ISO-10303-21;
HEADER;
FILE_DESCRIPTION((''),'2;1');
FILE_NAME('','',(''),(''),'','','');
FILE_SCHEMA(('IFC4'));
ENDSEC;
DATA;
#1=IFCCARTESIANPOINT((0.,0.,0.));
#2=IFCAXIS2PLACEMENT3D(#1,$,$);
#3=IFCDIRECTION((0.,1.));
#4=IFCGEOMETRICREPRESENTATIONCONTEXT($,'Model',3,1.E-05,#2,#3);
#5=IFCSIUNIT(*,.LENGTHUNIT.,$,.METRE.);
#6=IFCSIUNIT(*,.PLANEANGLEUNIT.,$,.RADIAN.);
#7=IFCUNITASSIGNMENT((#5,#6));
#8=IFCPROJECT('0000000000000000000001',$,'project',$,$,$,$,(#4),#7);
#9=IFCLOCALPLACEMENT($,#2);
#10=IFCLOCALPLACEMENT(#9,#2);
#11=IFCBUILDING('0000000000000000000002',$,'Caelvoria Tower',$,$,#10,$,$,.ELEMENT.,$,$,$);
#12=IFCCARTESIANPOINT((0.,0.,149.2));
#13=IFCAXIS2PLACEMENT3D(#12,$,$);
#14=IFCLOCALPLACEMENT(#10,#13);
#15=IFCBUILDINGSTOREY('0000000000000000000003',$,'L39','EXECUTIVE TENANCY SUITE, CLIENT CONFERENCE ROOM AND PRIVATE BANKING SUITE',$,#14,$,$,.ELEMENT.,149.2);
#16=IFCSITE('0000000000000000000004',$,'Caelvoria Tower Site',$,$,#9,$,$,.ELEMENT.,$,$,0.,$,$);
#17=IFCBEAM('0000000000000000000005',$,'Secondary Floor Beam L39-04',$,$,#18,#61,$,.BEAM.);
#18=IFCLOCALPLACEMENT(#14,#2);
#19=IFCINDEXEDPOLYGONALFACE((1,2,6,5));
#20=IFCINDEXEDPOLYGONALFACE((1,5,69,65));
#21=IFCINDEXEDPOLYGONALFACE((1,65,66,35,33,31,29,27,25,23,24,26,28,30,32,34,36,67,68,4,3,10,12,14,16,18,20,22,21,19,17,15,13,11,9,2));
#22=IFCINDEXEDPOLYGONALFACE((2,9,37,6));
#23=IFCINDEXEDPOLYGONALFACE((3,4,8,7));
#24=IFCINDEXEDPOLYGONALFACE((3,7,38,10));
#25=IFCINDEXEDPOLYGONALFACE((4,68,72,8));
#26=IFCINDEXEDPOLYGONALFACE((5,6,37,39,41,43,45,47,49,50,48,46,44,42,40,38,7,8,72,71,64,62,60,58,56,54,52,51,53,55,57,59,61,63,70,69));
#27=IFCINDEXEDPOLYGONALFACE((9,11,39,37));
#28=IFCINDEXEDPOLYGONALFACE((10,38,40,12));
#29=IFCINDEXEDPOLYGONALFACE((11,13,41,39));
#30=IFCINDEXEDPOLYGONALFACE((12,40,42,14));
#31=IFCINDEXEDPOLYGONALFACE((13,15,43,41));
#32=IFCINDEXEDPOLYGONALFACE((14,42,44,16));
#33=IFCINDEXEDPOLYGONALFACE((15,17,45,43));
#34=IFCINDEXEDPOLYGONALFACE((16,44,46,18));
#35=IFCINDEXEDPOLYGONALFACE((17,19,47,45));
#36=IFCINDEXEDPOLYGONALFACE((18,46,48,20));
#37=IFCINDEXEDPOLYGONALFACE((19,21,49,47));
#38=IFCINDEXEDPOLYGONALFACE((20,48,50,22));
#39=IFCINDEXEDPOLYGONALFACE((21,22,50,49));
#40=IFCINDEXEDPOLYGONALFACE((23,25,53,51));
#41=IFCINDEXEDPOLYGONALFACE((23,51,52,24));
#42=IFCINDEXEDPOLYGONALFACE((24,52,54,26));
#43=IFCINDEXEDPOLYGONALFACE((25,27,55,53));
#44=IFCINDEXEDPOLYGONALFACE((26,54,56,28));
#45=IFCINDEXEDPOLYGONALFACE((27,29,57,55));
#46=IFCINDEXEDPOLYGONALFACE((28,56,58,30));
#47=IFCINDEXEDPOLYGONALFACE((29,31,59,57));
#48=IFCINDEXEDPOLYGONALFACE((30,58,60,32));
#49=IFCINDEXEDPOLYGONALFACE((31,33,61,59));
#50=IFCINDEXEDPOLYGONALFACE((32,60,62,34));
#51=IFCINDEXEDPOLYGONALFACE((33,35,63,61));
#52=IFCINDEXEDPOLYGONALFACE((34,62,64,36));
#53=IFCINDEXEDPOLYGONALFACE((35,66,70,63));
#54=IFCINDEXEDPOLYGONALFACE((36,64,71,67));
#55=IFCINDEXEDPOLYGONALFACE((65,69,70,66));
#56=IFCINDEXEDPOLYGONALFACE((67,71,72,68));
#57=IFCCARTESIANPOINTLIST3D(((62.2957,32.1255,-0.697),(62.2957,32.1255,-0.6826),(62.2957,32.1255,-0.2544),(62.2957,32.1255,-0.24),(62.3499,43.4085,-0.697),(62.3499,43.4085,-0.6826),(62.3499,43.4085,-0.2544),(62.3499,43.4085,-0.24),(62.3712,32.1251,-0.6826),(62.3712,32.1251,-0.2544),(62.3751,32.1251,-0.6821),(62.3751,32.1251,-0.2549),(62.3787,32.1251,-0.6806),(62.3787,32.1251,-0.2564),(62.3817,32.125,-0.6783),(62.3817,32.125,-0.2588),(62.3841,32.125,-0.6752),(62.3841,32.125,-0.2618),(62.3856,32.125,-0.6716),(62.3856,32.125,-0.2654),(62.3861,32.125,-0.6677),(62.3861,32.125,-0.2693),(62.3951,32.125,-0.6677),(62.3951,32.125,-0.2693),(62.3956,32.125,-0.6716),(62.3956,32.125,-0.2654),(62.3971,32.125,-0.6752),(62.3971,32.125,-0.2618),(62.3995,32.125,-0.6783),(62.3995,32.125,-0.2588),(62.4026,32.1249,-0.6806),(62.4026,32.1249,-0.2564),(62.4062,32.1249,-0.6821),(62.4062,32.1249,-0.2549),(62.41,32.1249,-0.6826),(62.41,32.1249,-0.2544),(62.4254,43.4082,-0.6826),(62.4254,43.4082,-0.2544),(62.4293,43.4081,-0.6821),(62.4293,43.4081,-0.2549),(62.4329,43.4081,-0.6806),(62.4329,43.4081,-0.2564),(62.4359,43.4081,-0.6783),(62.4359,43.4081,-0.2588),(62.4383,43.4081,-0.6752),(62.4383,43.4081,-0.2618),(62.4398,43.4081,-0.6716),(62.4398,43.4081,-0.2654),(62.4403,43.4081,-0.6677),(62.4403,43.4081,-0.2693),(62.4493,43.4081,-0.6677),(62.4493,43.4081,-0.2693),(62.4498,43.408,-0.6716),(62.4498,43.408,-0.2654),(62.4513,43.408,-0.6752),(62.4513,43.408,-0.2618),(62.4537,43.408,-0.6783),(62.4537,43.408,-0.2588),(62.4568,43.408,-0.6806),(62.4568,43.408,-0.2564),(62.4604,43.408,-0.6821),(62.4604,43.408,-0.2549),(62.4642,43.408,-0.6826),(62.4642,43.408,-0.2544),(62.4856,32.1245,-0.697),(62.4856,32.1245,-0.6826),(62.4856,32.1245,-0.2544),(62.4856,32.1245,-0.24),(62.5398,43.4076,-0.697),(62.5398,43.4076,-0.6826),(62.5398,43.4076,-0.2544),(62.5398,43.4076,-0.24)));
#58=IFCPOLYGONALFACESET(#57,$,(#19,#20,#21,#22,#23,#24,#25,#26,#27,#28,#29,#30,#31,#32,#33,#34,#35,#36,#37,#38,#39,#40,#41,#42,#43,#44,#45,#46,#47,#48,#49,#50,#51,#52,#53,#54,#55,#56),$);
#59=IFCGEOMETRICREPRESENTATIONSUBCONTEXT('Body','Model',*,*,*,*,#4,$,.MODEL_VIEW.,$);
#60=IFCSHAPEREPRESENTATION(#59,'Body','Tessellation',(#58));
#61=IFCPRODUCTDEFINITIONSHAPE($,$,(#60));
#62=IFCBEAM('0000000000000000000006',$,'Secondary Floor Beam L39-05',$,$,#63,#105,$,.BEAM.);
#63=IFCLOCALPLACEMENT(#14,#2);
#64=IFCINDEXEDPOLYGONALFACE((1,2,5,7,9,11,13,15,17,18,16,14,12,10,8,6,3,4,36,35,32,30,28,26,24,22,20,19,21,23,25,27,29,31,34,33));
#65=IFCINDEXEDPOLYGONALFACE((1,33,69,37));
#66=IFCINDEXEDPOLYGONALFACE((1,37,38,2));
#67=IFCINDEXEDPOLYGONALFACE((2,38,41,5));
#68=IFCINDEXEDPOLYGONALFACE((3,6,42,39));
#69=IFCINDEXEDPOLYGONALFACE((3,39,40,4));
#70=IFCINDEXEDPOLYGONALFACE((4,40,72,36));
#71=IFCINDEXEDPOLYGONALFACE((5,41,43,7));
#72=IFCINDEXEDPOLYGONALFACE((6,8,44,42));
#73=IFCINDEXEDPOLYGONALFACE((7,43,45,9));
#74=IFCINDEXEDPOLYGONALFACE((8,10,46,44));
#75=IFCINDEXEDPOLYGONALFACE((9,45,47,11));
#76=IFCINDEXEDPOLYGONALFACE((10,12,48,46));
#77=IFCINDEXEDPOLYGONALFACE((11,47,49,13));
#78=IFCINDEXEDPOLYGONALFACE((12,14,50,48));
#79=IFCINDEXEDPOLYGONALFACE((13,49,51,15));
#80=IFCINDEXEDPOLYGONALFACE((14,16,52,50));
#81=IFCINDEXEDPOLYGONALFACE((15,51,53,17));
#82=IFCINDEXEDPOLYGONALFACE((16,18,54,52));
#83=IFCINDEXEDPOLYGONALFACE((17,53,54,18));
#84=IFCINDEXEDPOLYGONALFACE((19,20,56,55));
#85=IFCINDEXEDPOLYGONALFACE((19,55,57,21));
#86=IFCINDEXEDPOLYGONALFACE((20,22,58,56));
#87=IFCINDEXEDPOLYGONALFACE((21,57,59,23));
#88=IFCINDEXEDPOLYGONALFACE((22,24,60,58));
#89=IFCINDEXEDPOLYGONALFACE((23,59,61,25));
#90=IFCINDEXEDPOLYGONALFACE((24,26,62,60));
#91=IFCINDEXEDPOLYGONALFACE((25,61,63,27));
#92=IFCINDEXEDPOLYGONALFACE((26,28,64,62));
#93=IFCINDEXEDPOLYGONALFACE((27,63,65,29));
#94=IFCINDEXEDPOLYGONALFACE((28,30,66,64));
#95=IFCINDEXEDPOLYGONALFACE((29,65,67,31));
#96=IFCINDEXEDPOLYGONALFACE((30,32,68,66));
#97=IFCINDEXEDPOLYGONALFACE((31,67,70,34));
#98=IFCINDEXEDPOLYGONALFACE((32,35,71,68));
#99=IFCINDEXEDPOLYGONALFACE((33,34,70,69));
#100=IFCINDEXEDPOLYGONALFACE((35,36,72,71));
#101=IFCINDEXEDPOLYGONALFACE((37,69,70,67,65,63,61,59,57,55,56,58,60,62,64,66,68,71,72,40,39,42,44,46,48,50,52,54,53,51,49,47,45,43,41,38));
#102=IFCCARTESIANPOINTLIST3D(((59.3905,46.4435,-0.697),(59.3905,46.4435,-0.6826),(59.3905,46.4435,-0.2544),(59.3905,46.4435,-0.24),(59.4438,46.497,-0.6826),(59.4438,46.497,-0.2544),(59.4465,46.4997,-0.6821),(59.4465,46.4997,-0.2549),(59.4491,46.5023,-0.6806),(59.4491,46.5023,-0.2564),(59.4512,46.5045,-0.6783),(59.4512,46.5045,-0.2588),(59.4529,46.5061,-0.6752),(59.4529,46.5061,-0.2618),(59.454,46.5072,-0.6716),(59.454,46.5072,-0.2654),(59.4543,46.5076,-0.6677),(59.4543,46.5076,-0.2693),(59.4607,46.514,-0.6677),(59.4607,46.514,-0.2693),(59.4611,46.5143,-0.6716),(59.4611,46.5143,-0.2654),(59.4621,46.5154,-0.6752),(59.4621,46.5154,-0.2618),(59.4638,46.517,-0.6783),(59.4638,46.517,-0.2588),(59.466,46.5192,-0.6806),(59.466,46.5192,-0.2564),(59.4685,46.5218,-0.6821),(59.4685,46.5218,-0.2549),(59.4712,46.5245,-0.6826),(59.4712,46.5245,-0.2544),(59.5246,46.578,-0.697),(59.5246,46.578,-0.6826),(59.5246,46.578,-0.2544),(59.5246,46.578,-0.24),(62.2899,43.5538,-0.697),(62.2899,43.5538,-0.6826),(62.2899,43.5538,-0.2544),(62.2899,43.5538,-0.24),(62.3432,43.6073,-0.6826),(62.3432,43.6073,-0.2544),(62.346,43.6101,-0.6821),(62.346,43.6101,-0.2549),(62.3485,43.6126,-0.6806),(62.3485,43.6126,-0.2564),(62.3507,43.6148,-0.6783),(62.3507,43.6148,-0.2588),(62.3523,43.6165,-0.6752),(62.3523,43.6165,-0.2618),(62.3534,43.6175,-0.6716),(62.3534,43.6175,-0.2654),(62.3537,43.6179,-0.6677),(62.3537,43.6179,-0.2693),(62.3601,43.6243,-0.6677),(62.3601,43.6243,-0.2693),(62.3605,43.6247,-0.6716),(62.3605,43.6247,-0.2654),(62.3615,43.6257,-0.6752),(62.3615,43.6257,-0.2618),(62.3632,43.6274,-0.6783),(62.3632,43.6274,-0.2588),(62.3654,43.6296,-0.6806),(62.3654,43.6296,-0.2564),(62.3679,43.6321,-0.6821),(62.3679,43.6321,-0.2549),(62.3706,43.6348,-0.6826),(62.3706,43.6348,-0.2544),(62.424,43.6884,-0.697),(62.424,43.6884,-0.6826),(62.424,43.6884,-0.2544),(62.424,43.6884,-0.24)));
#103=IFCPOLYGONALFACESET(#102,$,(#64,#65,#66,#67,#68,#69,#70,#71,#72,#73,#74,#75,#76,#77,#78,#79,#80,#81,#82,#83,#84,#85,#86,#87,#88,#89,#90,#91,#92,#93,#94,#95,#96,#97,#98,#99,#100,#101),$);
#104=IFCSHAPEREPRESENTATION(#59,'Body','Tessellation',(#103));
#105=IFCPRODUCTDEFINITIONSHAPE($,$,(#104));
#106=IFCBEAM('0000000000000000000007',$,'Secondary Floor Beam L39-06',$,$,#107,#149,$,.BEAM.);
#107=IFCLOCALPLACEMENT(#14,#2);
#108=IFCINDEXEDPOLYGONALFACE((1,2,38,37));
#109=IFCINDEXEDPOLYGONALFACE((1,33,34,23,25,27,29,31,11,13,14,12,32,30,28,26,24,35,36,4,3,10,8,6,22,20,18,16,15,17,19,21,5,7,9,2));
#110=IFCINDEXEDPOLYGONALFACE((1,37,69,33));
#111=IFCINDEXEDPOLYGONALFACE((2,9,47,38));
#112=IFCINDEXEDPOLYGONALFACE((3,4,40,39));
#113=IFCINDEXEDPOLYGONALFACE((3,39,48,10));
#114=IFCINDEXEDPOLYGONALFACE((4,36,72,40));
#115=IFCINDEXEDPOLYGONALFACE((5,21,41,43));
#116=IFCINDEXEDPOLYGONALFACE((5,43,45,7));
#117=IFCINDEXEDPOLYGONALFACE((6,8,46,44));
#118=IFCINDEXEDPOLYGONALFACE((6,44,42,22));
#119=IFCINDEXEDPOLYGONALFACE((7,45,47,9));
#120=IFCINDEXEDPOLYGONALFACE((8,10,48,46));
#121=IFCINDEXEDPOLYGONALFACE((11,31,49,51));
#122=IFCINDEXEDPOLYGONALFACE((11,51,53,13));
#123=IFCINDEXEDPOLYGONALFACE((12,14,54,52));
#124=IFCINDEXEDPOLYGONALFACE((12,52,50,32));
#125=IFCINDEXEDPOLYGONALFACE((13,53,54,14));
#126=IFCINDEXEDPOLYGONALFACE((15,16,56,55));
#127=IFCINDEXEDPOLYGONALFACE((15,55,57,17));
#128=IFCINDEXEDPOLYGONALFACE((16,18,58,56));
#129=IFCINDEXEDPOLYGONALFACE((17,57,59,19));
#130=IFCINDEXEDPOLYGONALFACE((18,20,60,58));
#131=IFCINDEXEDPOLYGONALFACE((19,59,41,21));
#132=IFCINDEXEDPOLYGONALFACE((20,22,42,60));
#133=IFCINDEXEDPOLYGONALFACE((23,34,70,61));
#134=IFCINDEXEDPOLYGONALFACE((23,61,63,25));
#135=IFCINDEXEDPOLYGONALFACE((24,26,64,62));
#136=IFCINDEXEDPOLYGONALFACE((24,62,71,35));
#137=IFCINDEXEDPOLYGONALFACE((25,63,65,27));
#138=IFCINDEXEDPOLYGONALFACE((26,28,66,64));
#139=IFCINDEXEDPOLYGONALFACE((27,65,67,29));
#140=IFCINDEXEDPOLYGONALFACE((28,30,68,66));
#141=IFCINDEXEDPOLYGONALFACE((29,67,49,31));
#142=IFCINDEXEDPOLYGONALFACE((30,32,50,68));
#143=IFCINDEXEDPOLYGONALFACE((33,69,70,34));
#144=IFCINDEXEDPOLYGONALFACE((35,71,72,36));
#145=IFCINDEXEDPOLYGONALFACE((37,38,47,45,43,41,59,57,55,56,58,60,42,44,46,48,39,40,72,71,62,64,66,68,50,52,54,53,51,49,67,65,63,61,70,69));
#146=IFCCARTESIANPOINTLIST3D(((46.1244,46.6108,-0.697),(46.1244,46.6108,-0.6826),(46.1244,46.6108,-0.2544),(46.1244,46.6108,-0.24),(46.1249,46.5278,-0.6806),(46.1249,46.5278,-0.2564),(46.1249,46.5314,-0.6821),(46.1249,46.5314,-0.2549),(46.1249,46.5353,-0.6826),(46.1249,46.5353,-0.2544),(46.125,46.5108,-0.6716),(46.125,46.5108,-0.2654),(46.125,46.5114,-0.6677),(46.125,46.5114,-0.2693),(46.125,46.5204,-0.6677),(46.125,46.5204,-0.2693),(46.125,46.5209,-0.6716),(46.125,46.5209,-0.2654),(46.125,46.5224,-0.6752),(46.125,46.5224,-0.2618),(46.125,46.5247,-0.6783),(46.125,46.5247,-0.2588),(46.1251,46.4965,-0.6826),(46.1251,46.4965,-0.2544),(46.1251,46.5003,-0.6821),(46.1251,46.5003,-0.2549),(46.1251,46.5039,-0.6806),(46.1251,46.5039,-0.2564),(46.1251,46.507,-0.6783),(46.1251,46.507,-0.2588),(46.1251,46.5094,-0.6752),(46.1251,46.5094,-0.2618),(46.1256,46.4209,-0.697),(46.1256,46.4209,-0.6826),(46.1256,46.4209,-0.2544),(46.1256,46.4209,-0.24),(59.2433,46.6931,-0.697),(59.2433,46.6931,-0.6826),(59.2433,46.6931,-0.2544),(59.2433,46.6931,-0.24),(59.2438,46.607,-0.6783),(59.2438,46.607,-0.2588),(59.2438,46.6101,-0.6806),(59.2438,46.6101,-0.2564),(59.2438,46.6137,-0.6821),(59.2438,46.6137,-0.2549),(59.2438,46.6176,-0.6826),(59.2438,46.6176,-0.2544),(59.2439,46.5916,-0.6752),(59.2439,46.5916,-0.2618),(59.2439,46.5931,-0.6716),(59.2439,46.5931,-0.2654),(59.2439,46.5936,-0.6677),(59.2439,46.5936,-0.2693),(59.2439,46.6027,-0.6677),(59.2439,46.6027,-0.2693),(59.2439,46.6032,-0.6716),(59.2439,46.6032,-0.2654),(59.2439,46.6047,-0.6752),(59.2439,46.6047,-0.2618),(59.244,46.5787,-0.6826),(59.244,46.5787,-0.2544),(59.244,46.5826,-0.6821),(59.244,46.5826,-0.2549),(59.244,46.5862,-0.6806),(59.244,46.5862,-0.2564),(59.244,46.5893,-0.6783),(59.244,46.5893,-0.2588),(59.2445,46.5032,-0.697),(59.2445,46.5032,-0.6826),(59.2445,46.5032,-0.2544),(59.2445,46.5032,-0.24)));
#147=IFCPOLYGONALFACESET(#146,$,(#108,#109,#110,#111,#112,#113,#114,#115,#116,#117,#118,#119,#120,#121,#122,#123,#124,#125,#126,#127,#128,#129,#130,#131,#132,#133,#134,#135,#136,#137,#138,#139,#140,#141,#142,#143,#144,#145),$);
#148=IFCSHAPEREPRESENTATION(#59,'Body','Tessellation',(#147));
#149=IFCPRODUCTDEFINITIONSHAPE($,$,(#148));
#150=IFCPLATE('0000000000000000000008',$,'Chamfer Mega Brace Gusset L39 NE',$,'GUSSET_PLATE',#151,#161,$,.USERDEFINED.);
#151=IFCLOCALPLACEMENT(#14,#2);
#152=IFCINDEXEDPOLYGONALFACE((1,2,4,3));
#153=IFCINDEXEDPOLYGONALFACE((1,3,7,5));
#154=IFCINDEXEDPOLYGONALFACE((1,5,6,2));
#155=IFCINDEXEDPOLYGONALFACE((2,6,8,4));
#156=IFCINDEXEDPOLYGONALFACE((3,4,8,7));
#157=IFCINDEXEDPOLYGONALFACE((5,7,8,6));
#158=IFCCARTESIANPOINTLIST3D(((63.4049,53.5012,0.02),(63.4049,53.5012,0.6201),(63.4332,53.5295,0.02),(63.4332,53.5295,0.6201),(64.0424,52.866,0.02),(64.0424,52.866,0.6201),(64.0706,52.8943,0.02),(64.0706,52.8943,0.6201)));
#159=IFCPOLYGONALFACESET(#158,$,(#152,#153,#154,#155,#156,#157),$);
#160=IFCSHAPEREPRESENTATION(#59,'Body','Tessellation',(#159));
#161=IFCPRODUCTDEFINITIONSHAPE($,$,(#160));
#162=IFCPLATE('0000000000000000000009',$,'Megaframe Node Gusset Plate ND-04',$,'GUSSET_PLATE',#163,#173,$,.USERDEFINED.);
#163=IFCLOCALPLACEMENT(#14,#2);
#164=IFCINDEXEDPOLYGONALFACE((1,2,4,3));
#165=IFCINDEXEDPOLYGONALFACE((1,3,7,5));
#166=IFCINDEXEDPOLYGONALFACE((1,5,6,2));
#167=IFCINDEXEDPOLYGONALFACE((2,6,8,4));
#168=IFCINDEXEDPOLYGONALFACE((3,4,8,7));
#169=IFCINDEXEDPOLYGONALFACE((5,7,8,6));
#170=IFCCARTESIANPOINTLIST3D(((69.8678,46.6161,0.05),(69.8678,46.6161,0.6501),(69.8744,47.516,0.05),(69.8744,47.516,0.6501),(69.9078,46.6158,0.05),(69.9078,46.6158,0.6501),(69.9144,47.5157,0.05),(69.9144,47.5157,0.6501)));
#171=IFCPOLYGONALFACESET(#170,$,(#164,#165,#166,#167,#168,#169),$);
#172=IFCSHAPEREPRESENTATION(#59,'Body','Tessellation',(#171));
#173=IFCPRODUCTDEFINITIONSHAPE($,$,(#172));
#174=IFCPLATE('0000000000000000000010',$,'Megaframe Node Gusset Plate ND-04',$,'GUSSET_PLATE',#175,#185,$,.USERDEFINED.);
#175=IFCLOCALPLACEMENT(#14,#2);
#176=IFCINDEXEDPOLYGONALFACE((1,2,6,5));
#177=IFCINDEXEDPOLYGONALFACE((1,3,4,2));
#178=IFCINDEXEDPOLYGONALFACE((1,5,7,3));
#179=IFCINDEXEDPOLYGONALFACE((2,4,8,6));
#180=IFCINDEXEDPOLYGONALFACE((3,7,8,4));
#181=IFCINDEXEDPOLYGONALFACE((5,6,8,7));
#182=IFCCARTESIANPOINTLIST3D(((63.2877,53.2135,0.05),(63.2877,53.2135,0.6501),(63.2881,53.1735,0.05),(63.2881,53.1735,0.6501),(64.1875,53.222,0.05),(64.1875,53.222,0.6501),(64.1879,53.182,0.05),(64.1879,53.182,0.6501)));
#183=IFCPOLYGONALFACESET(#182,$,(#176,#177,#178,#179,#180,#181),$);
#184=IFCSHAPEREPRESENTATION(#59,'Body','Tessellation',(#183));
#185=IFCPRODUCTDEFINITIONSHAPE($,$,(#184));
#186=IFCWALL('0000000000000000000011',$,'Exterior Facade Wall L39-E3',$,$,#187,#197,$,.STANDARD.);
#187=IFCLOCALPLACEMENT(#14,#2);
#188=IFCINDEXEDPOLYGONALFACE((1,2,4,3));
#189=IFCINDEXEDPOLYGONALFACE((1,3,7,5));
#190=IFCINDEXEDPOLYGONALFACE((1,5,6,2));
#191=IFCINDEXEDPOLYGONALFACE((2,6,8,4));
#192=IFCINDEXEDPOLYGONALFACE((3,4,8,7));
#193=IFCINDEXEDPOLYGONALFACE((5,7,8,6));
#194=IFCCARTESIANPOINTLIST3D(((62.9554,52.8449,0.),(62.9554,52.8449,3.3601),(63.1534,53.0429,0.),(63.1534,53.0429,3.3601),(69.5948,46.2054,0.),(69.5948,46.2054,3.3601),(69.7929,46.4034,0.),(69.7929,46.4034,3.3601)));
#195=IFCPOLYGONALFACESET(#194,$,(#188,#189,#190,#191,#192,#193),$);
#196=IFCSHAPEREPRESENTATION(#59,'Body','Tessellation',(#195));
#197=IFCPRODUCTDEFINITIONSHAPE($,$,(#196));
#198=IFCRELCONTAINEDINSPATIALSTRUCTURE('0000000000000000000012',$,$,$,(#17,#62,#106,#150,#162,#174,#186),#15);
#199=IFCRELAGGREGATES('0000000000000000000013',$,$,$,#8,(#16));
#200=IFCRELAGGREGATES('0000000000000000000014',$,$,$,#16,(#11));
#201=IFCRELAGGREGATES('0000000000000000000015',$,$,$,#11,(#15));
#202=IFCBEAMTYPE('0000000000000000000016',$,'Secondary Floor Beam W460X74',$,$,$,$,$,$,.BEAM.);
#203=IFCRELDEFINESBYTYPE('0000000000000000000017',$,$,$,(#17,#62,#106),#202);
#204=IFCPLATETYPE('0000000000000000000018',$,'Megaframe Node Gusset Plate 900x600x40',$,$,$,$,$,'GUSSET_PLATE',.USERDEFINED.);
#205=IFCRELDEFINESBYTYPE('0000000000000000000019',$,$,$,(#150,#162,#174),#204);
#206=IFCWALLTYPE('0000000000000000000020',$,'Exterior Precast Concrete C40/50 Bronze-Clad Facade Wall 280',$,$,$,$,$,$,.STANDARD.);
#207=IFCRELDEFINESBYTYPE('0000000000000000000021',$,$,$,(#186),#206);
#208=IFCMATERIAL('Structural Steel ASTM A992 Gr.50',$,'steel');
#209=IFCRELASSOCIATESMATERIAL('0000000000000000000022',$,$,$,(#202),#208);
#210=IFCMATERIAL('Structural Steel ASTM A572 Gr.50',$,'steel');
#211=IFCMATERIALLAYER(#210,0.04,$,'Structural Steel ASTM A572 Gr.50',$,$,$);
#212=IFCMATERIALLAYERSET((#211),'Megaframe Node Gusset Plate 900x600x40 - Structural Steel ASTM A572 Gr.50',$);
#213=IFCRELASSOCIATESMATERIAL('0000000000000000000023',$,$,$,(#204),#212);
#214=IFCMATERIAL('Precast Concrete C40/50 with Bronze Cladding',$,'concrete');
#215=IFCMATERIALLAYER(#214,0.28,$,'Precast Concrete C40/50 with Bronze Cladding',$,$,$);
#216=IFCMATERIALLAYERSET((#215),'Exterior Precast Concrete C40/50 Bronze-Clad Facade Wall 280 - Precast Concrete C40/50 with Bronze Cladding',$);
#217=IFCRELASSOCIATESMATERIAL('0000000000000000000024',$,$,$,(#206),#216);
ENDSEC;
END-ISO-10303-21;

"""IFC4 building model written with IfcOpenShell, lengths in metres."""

from ifc_helpers import new_model, si_unit, direction, frame, frame_2d, origin, origin_2d, place, context, subcontext, project, spatial, rectangle, i_section, extrude, material, layer, layer_set, material_profile, profile_set, type_object, element, save


model = new_model("IFC4")

# Units and contexts
model_context = context("Model", 3, precision=1e-05, world=origin(), true_north=direction((0.0, 1.0)))
body_context = subcontext(model_context, "Body", "Model", "MODEL_VIEW")
ifc_project = project(units=[si_unit("LENGTHUNIT", "METRE"), si_unit("PLANEANGLEUNIT", "RADIAN")], contexts=[model_context])

# Site, building, storey
site_placement = place(None, origin())
site = spatial("IfcSite", under=ifc_project, at=site_placement, Name="Caelvoria Tower Site", CompositionType="ELEMENT", RefElevation=0.0)
building_placement = place(site_placement, origin())
building = spatial("IfcBuilding", under=site, at=building_placement, Name="Caelvoria Tower", CompositionType="ELEMENT")
storey_placement = place(building_placement, frame((0.0, 0.0, 149.2)))
storey = spatial("IfcBuildingStorey", under=building, at=storey_placement, Name="L39", Description="EXECUTIVE TENANCY SUITE, CLIENT CONFERENCE ROOM AND PRIVATE BANKING SUITE", CompositionType="ELEMENT", Elevation=149.2)

# Shared definitions
ifc_material_1 = material(Name="Structural Steel ASTM A572 Gr.50", Category="steel")

# Beams
ifc_material_2 = material(Name="Structural Steel ASTM A992 Gr.50", Category="steel")
ifc_material_profile_1 = material_profile(ifc_material_2, i_section(OverallWidth=0.1899, OverallDepth=0.457, WebThickness=0.009, FlangeThickness=0.0144, FilletRadius=0.0149, at=origin_2d()), Name="Structural Steel ASTM A992 Gr.50")
ifc_profile_set_1 = profile_set([ifc_material_profile_1], Name="W460X74 - Structural Steel ASTM A992 Gr.50")
beam_type_1 = type_object("IfcBeamType", Name="Secondary Floor Beam W460X74", PredefinedType="BEAM", material=ifc_profile_set_1)
beam_1_placement = place(storey_placement, frame((62.3906, 32.125, -0.4685), z_axis=(0.004804, 0.999988, 0.0), x_axis=(-0.999988, 0.004804, 0.0)))
element("IfcBeam", 1, at=beam_1_placement, inside=storey, type_object=beam_type_1, Name="Secondary Floor Beam L39-04", PredefinedType="BEAM", context=body_context, shape_type="SweptSolid", body=[
    extrude(i_section(OverallWidth=0.1899, OverallDepth=0.457, WebThickness=0.009, FlangeThickness=0.0144, FilletRadius=0.0149, at=origin_2d()), origin(), (0.0, 0.0, 1.0), 11.2832),
])
beam_2_placement = place(storey_placement, frame((62.3569, 43.6211, -0.4685), z_axis=(-0.708299, 0.705913, 0.0), x_axis=(-0.705913, -0.708299, 0.0)))
element("IfcBeam", 2, at=beam_2_placement, inside=storey, type_object=beam_type_1, Name="Secondary Floor Beam L39-05", PredefinedType="BEAM", context=body_context, shape_type="SweptSolid", body=[
    extrude(i_section(OverallWidth=0.1899, OverallDepth=0.457, WebThickness=0.009, FlangeThickness=0.0144, FilletRadius=0.0149, at=origin_2d()), origin(), (0.0, 0.0, 1.0), 4.0935),
])
beam_3_placement = place(storey_placement, frame((59.2439, 46.5981, -0.4685), z_axis=(-0.99998, -0.006271, 0.0), x_axis=(0.006271, -0.99998, 0.0)))
element("IfcBeam", 3, at=beam_3_placement, inside=storey, type_object=beam_type_1, Name="Secondary Floor Beam L39-06", PredefinedType="BEAM", context=body_context, shape_type="SweptSolid", body=[
    extrude(i_section(OverallWidth=0.1899, OverallDepth=0.457, WebThickness=0.009, FlangeThickness=0.0144, FilletRadius=0.0149, at=origin_2d()), origin(), (0.0, 0.0, 1.0), 13.1191),
])

# Plates
ifc_layer_1 = layer(ifc_material_1, 0.04, Name="Structural Steel ASTM A572 Gr.50")
ifc_layer_set_1 = layer_set([ifc_layer_1], Name="Megaframe Node Gusset Plate 900x600x40 - Structural Steel ASTM A572 Gr.50")
plate_type = type_object("IfcPlateType", Name="Megaframe Node Gusset Plate 900x600x40", ElementType="GUSSET_PLATE", PredefinedType="USERDEFINED", material=ifc_layer_set_1)
for number, where, z_axis, x_axis, name in (
    (4, (63.7378, 53.1978, 0.02), (0.0, 0.0, 1.0), (0.708326, -0.705885, 0.0), "Chamfer Mega Brace Gusset L39 NE"),
    (5, (69.8911, 47.0659, 0.05), (0.0, 0.0, 1.0), (-0.007367, -0.999973, 0.0), "Megaframe Node Gusset Plate ND-04"),
    (6, (63.7378, 53.1978, 0.05), (0.0, 0.0, 1.0), (-0.999955, -0.00946, 0.0), "Megaframe Node Gusset Plate ND-04"),
):
    element("IfcPlate", number, at=place(storey_placement, frame(where, z_axis=z_axis, x_axis=x_axis)), inside=storey, type_object=plate_type, Name=name, ObjectType="GUSSET_PLATE", PredefinedType="USERDEFINED", context=body_context, shape_type="SweptSolid", body=[
        extrude(rectangle(XDim=0.8999, YDim=0.04, at=origin_2d()), origin(), (0.0, 0.0, 1.0), 0.6001),
    ])

# Wall
ifc_material_3 = material(Name="Precast Concrete C40/50 with Bronze Cladding", Category="concrete")
ifc_layer_2 = layer(ifc_material_3, 0.28, Name="Precast Concrete C40/50 with Bronze Cladding")
ifc_layer_set_2 = layer_set([ifc_layer_2], Name="Exterior Precast Concrete C40/50 Bronze-Clad Facade Wall 280 - Precast Concrete C40/50 with Bronze Cladding")
wall_type_1 = type_object("IfcWallType", Name="Exterior Precast Concrete C40/50 Bronze-Clad Facade Wall 280", PredefinedType="STANDARD", material=ifc_layer_set_2)
wall_1_placement = place(storey_placement, frame((69.6938, 46.3044, 0.0), z_axis=(0.0, 0.0, 1.0), x_axis=(-0.707107, 0.707107, 0.0)))
element("IfcWall", 7, at=wall_1_placement, inside=storey, type_object=wall_type_1, Name="Exterior Facade Wall L39-E3", PredefinedType="STANDARD", context=body_context, shape_type="SweptSolid", body=[
    extrude(rectangle(XDim=9.3896, YDim=0.28, at=frame_2d((4.6948, 0.0))), origin(), (0.0, 0.0, 1.0), 3.3601),
])

save(model, "model.ifc")
